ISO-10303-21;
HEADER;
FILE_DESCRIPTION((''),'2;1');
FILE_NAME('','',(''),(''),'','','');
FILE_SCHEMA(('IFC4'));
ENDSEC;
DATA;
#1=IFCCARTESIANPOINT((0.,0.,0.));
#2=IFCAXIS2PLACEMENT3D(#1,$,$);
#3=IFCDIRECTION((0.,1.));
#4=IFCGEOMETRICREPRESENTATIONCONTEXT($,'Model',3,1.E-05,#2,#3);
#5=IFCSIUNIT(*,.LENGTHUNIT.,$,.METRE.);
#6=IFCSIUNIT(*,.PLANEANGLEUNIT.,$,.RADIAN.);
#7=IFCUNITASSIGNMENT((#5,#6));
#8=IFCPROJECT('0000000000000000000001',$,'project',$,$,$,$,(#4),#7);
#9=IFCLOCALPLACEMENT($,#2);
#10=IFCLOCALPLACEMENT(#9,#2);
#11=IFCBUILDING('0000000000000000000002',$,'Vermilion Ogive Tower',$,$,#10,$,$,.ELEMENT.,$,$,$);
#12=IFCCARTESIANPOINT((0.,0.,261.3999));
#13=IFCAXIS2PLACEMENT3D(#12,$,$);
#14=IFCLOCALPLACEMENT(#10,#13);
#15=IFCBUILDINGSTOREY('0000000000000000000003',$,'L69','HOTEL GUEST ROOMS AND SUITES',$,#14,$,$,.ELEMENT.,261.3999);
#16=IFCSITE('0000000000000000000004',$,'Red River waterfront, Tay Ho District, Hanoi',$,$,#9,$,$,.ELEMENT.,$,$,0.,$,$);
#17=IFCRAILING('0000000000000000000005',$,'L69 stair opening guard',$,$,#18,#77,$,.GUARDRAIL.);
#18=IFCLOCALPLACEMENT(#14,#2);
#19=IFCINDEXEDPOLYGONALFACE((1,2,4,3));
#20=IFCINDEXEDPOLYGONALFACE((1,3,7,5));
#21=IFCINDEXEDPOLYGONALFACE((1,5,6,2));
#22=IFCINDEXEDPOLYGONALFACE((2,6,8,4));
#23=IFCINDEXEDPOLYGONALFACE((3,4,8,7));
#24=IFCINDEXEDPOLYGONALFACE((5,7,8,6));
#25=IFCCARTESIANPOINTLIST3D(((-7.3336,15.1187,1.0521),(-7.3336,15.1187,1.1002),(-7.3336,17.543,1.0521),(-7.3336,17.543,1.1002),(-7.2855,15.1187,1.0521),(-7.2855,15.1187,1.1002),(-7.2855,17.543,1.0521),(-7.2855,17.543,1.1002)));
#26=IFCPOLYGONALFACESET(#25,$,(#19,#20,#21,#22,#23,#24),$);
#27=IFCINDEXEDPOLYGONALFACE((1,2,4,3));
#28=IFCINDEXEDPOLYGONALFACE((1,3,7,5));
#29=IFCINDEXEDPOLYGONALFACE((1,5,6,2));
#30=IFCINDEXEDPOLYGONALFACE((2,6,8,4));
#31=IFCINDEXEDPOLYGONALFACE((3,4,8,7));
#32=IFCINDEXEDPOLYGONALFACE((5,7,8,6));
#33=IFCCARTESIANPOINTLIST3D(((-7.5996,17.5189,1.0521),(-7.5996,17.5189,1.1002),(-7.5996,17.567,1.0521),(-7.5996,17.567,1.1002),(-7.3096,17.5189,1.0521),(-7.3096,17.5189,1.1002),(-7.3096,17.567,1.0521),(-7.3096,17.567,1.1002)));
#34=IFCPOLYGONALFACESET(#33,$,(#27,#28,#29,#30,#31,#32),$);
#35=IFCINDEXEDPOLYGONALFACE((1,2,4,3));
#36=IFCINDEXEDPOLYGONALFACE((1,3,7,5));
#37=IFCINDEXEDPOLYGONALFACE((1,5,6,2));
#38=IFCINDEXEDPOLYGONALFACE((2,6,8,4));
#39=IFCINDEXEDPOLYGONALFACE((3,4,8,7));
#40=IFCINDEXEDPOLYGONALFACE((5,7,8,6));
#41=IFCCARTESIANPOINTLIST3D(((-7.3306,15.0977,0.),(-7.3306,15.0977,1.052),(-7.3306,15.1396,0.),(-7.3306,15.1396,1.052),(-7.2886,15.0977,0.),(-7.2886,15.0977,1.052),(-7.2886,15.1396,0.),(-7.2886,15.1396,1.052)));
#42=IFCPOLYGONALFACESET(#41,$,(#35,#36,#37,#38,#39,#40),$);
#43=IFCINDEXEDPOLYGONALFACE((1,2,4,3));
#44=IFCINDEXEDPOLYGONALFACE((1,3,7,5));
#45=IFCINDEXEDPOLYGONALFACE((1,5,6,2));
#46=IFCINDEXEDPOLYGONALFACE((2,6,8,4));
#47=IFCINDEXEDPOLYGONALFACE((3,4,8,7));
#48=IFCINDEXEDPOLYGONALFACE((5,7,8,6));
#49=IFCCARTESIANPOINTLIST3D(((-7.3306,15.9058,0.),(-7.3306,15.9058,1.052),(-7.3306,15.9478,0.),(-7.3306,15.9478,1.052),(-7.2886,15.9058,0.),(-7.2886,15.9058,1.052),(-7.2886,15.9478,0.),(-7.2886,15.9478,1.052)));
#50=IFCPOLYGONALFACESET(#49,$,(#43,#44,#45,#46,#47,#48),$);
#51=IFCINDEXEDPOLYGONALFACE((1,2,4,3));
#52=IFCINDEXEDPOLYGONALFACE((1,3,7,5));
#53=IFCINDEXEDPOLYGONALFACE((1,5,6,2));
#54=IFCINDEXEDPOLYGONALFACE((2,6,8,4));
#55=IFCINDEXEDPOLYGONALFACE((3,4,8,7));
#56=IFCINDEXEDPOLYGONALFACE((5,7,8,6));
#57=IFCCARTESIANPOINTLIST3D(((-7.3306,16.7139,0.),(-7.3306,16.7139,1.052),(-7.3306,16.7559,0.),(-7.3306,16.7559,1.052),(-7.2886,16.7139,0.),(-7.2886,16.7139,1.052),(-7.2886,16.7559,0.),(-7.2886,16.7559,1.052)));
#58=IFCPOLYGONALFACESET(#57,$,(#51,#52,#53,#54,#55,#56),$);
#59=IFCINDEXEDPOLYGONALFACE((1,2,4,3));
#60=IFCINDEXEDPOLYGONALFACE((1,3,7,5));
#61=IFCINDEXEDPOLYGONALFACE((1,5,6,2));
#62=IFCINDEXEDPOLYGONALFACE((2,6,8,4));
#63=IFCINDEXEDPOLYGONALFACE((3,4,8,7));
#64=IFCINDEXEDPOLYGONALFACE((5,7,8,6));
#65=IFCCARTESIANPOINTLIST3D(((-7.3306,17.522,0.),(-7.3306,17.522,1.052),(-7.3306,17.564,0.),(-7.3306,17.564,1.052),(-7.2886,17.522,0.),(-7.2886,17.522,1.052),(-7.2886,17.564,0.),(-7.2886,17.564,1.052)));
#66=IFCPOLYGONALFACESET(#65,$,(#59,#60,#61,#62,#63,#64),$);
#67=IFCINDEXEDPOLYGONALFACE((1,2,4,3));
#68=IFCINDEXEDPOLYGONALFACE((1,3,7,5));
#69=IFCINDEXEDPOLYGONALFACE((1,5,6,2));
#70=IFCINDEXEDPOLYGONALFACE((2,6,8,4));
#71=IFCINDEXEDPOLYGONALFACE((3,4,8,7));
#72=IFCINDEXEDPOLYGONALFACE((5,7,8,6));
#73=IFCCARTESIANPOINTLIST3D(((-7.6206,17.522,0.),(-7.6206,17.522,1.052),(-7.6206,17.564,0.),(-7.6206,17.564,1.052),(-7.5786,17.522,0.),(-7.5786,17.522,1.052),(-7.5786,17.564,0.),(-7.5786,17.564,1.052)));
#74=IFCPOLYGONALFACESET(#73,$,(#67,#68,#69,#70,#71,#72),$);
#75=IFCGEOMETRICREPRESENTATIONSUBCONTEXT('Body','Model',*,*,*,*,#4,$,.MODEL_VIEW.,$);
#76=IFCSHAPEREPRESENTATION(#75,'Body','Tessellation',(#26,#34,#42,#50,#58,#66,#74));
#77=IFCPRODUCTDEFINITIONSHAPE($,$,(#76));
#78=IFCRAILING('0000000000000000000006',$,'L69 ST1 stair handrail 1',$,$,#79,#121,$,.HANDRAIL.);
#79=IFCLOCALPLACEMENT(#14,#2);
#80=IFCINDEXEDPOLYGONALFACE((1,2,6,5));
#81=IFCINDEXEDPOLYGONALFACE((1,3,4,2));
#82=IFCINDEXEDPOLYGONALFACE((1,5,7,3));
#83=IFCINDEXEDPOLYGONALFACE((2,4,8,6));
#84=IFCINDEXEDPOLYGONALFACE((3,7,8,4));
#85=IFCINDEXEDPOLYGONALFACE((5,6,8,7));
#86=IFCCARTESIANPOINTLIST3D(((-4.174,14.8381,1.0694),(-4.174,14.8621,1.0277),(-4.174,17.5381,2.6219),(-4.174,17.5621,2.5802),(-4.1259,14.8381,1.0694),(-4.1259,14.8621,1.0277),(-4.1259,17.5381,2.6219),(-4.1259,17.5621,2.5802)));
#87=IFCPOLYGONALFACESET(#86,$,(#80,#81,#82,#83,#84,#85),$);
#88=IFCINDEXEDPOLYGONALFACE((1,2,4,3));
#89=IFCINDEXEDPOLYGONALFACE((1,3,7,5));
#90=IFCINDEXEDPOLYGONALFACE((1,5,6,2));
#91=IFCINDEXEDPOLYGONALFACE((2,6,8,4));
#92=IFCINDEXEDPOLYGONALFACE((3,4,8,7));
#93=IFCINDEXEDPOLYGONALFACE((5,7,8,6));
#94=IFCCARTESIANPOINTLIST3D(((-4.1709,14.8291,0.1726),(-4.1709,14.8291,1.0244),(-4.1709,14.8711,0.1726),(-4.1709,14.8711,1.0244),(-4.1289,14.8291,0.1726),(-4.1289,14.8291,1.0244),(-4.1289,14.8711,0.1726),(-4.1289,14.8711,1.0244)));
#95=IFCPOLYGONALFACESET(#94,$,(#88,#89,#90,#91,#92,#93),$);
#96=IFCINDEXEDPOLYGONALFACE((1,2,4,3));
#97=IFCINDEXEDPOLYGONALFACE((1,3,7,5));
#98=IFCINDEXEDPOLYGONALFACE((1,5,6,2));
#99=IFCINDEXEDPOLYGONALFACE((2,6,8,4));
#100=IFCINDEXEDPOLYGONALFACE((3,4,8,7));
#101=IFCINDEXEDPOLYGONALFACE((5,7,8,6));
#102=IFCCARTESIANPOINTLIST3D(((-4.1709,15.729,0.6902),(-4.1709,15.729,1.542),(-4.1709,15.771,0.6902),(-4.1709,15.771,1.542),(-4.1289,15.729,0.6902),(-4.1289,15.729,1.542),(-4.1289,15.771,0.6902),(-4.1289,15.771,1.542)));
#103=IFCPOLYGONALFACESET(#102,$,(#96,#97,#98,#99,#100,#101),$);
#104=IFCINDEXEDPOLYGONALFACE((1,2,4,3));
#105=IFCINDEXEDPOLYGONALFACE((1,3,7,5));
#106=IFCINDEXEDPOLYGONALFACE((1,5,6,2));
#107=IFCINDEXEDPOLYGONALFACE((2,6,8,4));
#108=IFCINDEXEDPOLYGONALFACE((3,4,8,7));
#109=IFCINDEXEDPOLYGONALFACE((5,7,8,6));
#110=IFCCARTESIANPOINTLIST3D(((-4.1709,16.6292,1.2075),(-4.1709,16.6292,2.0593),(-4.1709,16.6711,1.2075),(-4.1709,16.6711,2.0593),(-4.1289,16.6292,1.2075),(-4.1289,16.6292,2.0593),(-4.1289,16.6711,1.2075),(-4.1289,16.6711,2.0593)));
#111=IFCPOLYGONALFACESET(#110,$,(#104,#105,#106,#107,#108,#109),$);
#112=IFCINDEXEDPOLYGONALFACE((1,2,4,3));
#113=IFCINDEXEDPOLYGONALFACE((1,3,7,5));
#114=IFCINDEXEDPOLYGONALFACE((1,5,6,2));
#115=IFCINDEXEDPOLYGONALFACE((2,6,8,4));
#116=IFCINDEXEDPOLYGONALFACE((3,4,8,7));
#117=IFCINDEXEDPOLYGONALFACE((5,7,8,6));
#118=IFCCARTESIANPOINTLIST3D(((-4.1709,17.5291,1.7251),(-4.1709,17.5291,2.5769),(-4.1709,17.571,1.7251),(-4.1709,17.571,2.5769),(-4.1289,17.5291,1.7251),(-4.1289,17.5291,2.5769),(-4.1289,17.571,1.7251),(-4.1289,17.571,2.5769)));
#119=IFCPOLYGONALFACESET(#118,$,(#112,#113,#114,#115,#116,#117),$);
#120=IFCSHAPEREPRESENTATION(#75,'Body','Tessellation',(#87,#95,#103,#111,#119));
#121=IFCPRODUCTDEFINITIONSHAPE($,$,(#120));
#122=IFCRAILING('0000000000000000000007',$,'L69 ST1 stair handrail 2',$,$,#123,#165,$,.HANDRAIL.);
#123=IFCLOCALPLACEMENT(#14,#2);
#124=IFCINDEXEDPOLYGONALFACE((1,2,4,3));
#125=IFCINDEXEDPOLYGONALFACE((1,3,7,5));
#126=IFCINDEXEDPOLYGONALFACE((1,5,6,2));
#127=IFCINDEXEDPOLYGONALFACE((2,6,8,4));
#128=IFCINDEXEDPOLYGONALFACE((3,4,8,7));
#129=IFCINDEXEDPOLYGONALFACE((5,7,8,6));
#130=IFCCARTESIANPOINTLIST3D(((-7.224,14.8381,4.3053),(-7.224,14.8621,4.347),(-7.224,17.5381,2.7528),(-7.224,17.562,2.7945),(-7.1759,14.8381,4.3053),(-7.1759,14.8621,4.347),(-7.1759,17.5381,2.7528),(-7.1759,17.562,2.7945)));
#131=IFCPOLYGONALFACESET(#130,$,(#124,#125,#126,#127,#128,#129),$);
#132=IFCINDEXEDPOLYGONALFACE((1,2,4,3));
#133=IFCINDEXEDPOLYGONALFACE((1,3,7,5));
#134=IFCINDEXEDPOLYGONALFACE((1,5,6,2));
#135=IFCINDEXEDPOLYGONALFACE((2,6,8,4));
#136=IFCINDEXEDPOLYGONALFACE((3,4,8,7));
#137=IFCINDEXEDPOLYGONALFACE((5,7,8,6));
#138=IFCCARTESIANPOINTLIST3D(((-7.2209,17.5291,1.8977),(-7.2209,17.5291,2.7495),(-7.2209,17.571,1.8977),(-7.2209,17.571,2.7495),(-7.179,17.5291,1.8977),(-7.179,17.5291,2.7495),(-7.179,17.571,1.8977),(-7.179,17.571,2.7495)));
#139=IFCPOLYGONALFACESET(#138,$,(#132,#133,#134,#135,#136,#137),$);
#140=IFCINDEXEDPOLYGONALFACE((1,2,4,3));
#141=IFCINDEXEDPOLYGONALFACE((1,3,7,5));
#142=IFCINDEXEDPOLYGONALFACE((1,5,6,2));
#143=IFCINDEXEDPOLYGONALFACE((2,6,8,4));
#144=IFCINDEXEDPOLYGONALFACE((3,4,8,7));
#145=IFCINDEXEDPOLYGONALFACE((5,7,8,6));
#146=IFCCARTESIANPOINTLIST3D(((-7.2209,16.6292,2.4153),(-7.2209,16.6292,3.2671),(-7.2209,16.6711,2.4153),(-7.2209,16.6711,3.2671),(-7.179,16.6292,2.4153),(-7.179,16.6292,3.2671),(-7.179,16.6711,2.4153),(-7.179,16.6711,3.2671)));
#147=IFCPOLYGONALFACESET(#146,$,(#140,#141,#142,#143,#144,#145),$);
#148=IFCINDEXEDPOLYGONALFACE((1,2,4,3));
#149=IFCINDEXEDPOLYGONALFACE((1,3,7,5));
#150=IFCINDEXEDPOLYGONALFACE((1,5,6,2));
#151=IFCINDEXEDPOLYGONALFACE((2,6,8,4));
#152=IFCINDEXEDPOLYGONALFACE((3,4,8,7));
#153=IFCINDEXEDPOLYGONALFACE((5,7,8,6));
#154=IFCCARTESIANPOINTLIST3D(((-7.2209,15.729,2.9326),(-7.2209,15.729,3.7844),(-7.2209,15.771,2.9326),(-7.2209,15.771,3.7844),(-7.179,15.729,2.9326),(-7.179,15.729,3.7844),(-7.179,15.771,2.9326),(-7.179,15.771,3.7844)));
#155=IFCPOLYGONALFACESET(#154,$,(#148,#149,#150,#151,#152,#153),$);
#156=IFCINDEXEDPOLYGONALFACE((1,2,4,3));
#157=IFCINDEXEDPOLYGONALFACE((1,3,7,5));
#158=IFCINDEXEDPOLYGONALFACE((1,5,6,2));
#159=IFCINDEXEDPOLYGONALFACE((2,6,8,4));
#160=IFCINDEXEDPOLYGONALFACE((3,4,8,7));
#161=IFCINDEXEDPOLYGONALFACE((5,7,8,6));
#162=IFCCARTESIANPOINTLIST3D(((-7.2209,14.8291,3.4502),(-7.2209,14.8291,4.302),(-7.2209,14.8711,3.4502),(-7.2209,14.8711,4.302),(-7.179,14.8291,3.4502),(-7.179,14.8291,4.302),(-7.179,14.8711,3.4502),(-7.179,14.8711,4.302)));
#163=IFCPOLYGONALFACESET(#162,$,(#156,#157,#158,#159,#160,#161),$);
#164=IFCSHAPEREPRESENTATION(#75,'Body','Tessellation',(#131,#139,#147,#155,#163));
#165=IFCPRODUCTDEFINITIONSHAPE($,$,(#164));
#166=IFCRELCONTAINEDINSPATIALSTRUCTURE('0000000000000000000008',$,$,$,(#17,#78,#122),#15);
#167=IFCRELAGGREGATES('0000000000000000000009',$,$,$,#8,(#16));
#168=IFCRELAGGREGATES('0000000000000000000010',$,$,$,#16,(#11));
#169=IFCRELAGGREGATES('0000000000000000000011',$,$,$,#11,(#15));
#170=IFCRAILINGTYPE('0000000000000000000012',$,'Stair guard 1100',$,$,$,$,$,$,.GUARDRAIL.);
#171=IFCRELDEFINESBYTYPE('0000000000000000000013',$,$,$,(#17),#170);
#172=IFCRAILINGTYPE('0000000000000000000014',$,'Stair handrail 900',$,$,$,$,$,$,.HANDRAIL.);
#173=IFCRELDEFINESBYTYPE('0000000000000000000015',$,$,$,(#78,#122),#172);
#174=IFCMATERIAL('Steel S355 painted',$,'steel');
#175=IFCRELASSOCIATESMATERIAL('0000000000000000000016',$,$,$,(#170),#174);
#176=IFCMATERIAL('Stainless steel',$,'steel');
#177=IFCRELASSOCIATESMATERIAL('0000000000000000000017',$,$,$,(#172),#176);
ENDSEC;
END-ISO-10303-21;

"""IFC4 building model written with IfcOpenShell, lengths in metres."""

from ifc_helpers import new_model, si_unit, direction, frame, origin, origin_2d, place, context, subcontext, project, spatial, rectangle, extrude, material, type_object, element, save


model = new_model("IFC4")

# Units and contexts
model_context = context("Model", 3, precision=1e-05, world=origin(), true_north=direction((0.0, 1.0)))
body_context = subcontext(model_context, "Body", "Model", "MODEL_VIEW")
ifc_project = project(units=[si_unit("LENGTHUNIT", "METRE"), si_unit("PLANEANGLEUNIT", "RADIAN")], contexts=[model_context])

# Site, building, storey
site_placement = place(None, origin())
site = spatial("IfcSite", under=ifc_project, at=site_placement, Name="Red River waterfront, Tay Ho District, Hanoi", CompositionType="ELEMENT", RefElevation=0.0)
building_placement = place(site_placement, origin())
building = spatial("IfcBuilding", under=site, at=building_placement, Name="Vermilion Ogive Tower", CompositionType="ELEMENT")
storey_placement = place(building_placement, frame((0.0, 0.0, 261.3999)))
storey = spatial("IfcBuildingStorey", under=building, at=storey_placement, Name="L69", Description="HOTEL GUEST ROOMS AND SUITES", CompositionType="ELEMENT", Elevation=261.3999)

# Railings
ifc_material_1 = material(Name="Steel S355 painted", Category="steel")
railing_type_1 = type_object("IfcRailingType", Name="Stair guard 1100", PredefinedType="GUARDRAIL", material=ifc_material_1)
railing_1_placement = place(storey_placement, frame((-7.3096, 15.1187, 0.0)))
element("IfcRailing", 1, at=railing_1_placement, inside=storey, type_object=railing_type_1, Name="L69 stair opening guard", PredefinedType="GUARDRAIL", context=body_context, shape_type="SweptSolid", body=[
    extrude(rectangle(XDim=0.0481, YDim=0.0481, at=origin_2d()), frame((0.0, 0.0, 1.0762), z_axis=(0.0, 1.0, 0.0), x_axis=(-1.0, 0.0, 0.0)), (0.0, 0.0, 1.0), 2.4243),
    extrude(rectangle(XDim=0.0481, YDim=0.0481, at=origin_2d()), frame((0.0, 2.4243, 1.0762), z_axis=(-1.0, 0.0, 0.0), x_axis=(0.0, -1.0, 0.0)), (0.0, 0.0, 1.0), 0.29),
    extrude(rectangle(XDim=0.042, YDim=0.042, at=origin_2d()), origin(), (0.0, 0.0, 1.0), 1.052),
    extrude(rectangle(XDim=0.042, YDim=0.042, at=origin_2d()), frame((0.0, 0.8081, 0.0)), (0.0, 0.0, 1.0), 1.052),
    extrude(rectangle(XDim=0.042, YDim=0.042, at=origin_2d()), frame((0.0, 1.6162, 0.0)), (0.0, 0.0, 1.0), 1.052),
    extrude(rectangle(XDim=0.042, YDim=0.042, at=origin_2d()), frame((0.0, 2.4243, 0.0)), (0.0, 0.0, 1.0), 1.052),
    extrude(rectangle(XDim=0.042, YDim=0.042, at=origin_2d()), frame((-0.29, 2.4243, 0.0)), (0.0, 0.0, 1.0), 1.052),
])
ifc_material_2 = material(Name="Stainless steel", Category="steel")
railing_type_2 = type_object("IfcRailingType", Name="Stair handrail 900", PredefinedType="HANDRAIL", material=ifc_material_2)
railing_2_placement = place(storey_placement, frame((-4.1499, 14.8501, 0.1726)))
element("IfcRailing", 2, at=railing_2_placement, inside=storey, type_object=railing_type_2, Name="L69 ST1 stair handrail 1", PredefinedType="HANDRAIL", context=body_context, shape_type="SweptSolid", body=[
    extrude(rectangle(XDim=0.0481, YDim=0.0481, at=origin_2d()), frame((0.0, 0.0, 0.876), z_axis=(0.0, 0.866904, 0.498476), x_axis=(-1.0, 0.0, 0.0)), (0.0, 0.0, 1.0), 3.1145),
    extrude(rectangle(XDim=0.042, YDim=0.042, at=origin_2d()), origin(), (0.0, 0.0, 1.0), 0.8518),
    extrude(rectangle(XDim=0.042, YDim=0.042, at=origin_2d()), frame((0.0, 0.8999, 0.5176)), (0.0, 0.0, 1.0), 0.8518),
    extrude(rectangle(XDim=0.042, YDim=0.042, at=origin_2d()), frame((0.0, 1.8, 1.0349)), (0.0, 0.0, 1.0), 0.8518),
    extrude(rectangle(XDim=0.042, YDim=0.042, at=origin_2d()), frame((0.0, 2.7, 1.5525)), (0.0, 0.0, 1.0), 0.8518),
])
railing_3_placement = place(storey_placement, frame((-7.2, 17.55, 1.8977)))
element("IfcRailing", 3, at=railing_3_placement, inside=storey, type_object=railing_type_2, Name="L69 ST1 stair handrail 2", PredefinedType="HANDRAIL", context=body_context, shape_type="SweptSolid", body=[
    extrude(rectangle(XDim=0.0481, YDim=0.0481, at=origin_2d()), frame((0.0, 0.0, 0.876), z_axis=(0.0, -0.866904, 0.498476), x_axis=(1.0, 0.0, 0.0)), (0.0, 0.0, 1.0), 3.1145),
    extrude(rectangle(XDim=0.042, YDim=0.042, at=origin_2d()), origin(), (0.0, 0.0, 1.0), 0.8518),
    extrude(rectangle(XDim=0.042, YDim=0.042, at=origin_2d()), frame((0.0, -0.8999, 0.5176)), (0.0, 0.0, 1.0), 0.8518),
    extrude(rectangle(XDim=0.042, YDim=0.042, at=origin_2d()), frame((0.0, -1.8, 1.0349)), (0.0, 0.0, 1.0), 0.8518),
    extrude(rectangle(XDim=0.042, YDim=0.042, at=origin_2d()), frame((0.0, -2.7, 1.5525)), (0.0, 0.0, 1.0), 0.8518),
])

save(model, "model.ifc")
